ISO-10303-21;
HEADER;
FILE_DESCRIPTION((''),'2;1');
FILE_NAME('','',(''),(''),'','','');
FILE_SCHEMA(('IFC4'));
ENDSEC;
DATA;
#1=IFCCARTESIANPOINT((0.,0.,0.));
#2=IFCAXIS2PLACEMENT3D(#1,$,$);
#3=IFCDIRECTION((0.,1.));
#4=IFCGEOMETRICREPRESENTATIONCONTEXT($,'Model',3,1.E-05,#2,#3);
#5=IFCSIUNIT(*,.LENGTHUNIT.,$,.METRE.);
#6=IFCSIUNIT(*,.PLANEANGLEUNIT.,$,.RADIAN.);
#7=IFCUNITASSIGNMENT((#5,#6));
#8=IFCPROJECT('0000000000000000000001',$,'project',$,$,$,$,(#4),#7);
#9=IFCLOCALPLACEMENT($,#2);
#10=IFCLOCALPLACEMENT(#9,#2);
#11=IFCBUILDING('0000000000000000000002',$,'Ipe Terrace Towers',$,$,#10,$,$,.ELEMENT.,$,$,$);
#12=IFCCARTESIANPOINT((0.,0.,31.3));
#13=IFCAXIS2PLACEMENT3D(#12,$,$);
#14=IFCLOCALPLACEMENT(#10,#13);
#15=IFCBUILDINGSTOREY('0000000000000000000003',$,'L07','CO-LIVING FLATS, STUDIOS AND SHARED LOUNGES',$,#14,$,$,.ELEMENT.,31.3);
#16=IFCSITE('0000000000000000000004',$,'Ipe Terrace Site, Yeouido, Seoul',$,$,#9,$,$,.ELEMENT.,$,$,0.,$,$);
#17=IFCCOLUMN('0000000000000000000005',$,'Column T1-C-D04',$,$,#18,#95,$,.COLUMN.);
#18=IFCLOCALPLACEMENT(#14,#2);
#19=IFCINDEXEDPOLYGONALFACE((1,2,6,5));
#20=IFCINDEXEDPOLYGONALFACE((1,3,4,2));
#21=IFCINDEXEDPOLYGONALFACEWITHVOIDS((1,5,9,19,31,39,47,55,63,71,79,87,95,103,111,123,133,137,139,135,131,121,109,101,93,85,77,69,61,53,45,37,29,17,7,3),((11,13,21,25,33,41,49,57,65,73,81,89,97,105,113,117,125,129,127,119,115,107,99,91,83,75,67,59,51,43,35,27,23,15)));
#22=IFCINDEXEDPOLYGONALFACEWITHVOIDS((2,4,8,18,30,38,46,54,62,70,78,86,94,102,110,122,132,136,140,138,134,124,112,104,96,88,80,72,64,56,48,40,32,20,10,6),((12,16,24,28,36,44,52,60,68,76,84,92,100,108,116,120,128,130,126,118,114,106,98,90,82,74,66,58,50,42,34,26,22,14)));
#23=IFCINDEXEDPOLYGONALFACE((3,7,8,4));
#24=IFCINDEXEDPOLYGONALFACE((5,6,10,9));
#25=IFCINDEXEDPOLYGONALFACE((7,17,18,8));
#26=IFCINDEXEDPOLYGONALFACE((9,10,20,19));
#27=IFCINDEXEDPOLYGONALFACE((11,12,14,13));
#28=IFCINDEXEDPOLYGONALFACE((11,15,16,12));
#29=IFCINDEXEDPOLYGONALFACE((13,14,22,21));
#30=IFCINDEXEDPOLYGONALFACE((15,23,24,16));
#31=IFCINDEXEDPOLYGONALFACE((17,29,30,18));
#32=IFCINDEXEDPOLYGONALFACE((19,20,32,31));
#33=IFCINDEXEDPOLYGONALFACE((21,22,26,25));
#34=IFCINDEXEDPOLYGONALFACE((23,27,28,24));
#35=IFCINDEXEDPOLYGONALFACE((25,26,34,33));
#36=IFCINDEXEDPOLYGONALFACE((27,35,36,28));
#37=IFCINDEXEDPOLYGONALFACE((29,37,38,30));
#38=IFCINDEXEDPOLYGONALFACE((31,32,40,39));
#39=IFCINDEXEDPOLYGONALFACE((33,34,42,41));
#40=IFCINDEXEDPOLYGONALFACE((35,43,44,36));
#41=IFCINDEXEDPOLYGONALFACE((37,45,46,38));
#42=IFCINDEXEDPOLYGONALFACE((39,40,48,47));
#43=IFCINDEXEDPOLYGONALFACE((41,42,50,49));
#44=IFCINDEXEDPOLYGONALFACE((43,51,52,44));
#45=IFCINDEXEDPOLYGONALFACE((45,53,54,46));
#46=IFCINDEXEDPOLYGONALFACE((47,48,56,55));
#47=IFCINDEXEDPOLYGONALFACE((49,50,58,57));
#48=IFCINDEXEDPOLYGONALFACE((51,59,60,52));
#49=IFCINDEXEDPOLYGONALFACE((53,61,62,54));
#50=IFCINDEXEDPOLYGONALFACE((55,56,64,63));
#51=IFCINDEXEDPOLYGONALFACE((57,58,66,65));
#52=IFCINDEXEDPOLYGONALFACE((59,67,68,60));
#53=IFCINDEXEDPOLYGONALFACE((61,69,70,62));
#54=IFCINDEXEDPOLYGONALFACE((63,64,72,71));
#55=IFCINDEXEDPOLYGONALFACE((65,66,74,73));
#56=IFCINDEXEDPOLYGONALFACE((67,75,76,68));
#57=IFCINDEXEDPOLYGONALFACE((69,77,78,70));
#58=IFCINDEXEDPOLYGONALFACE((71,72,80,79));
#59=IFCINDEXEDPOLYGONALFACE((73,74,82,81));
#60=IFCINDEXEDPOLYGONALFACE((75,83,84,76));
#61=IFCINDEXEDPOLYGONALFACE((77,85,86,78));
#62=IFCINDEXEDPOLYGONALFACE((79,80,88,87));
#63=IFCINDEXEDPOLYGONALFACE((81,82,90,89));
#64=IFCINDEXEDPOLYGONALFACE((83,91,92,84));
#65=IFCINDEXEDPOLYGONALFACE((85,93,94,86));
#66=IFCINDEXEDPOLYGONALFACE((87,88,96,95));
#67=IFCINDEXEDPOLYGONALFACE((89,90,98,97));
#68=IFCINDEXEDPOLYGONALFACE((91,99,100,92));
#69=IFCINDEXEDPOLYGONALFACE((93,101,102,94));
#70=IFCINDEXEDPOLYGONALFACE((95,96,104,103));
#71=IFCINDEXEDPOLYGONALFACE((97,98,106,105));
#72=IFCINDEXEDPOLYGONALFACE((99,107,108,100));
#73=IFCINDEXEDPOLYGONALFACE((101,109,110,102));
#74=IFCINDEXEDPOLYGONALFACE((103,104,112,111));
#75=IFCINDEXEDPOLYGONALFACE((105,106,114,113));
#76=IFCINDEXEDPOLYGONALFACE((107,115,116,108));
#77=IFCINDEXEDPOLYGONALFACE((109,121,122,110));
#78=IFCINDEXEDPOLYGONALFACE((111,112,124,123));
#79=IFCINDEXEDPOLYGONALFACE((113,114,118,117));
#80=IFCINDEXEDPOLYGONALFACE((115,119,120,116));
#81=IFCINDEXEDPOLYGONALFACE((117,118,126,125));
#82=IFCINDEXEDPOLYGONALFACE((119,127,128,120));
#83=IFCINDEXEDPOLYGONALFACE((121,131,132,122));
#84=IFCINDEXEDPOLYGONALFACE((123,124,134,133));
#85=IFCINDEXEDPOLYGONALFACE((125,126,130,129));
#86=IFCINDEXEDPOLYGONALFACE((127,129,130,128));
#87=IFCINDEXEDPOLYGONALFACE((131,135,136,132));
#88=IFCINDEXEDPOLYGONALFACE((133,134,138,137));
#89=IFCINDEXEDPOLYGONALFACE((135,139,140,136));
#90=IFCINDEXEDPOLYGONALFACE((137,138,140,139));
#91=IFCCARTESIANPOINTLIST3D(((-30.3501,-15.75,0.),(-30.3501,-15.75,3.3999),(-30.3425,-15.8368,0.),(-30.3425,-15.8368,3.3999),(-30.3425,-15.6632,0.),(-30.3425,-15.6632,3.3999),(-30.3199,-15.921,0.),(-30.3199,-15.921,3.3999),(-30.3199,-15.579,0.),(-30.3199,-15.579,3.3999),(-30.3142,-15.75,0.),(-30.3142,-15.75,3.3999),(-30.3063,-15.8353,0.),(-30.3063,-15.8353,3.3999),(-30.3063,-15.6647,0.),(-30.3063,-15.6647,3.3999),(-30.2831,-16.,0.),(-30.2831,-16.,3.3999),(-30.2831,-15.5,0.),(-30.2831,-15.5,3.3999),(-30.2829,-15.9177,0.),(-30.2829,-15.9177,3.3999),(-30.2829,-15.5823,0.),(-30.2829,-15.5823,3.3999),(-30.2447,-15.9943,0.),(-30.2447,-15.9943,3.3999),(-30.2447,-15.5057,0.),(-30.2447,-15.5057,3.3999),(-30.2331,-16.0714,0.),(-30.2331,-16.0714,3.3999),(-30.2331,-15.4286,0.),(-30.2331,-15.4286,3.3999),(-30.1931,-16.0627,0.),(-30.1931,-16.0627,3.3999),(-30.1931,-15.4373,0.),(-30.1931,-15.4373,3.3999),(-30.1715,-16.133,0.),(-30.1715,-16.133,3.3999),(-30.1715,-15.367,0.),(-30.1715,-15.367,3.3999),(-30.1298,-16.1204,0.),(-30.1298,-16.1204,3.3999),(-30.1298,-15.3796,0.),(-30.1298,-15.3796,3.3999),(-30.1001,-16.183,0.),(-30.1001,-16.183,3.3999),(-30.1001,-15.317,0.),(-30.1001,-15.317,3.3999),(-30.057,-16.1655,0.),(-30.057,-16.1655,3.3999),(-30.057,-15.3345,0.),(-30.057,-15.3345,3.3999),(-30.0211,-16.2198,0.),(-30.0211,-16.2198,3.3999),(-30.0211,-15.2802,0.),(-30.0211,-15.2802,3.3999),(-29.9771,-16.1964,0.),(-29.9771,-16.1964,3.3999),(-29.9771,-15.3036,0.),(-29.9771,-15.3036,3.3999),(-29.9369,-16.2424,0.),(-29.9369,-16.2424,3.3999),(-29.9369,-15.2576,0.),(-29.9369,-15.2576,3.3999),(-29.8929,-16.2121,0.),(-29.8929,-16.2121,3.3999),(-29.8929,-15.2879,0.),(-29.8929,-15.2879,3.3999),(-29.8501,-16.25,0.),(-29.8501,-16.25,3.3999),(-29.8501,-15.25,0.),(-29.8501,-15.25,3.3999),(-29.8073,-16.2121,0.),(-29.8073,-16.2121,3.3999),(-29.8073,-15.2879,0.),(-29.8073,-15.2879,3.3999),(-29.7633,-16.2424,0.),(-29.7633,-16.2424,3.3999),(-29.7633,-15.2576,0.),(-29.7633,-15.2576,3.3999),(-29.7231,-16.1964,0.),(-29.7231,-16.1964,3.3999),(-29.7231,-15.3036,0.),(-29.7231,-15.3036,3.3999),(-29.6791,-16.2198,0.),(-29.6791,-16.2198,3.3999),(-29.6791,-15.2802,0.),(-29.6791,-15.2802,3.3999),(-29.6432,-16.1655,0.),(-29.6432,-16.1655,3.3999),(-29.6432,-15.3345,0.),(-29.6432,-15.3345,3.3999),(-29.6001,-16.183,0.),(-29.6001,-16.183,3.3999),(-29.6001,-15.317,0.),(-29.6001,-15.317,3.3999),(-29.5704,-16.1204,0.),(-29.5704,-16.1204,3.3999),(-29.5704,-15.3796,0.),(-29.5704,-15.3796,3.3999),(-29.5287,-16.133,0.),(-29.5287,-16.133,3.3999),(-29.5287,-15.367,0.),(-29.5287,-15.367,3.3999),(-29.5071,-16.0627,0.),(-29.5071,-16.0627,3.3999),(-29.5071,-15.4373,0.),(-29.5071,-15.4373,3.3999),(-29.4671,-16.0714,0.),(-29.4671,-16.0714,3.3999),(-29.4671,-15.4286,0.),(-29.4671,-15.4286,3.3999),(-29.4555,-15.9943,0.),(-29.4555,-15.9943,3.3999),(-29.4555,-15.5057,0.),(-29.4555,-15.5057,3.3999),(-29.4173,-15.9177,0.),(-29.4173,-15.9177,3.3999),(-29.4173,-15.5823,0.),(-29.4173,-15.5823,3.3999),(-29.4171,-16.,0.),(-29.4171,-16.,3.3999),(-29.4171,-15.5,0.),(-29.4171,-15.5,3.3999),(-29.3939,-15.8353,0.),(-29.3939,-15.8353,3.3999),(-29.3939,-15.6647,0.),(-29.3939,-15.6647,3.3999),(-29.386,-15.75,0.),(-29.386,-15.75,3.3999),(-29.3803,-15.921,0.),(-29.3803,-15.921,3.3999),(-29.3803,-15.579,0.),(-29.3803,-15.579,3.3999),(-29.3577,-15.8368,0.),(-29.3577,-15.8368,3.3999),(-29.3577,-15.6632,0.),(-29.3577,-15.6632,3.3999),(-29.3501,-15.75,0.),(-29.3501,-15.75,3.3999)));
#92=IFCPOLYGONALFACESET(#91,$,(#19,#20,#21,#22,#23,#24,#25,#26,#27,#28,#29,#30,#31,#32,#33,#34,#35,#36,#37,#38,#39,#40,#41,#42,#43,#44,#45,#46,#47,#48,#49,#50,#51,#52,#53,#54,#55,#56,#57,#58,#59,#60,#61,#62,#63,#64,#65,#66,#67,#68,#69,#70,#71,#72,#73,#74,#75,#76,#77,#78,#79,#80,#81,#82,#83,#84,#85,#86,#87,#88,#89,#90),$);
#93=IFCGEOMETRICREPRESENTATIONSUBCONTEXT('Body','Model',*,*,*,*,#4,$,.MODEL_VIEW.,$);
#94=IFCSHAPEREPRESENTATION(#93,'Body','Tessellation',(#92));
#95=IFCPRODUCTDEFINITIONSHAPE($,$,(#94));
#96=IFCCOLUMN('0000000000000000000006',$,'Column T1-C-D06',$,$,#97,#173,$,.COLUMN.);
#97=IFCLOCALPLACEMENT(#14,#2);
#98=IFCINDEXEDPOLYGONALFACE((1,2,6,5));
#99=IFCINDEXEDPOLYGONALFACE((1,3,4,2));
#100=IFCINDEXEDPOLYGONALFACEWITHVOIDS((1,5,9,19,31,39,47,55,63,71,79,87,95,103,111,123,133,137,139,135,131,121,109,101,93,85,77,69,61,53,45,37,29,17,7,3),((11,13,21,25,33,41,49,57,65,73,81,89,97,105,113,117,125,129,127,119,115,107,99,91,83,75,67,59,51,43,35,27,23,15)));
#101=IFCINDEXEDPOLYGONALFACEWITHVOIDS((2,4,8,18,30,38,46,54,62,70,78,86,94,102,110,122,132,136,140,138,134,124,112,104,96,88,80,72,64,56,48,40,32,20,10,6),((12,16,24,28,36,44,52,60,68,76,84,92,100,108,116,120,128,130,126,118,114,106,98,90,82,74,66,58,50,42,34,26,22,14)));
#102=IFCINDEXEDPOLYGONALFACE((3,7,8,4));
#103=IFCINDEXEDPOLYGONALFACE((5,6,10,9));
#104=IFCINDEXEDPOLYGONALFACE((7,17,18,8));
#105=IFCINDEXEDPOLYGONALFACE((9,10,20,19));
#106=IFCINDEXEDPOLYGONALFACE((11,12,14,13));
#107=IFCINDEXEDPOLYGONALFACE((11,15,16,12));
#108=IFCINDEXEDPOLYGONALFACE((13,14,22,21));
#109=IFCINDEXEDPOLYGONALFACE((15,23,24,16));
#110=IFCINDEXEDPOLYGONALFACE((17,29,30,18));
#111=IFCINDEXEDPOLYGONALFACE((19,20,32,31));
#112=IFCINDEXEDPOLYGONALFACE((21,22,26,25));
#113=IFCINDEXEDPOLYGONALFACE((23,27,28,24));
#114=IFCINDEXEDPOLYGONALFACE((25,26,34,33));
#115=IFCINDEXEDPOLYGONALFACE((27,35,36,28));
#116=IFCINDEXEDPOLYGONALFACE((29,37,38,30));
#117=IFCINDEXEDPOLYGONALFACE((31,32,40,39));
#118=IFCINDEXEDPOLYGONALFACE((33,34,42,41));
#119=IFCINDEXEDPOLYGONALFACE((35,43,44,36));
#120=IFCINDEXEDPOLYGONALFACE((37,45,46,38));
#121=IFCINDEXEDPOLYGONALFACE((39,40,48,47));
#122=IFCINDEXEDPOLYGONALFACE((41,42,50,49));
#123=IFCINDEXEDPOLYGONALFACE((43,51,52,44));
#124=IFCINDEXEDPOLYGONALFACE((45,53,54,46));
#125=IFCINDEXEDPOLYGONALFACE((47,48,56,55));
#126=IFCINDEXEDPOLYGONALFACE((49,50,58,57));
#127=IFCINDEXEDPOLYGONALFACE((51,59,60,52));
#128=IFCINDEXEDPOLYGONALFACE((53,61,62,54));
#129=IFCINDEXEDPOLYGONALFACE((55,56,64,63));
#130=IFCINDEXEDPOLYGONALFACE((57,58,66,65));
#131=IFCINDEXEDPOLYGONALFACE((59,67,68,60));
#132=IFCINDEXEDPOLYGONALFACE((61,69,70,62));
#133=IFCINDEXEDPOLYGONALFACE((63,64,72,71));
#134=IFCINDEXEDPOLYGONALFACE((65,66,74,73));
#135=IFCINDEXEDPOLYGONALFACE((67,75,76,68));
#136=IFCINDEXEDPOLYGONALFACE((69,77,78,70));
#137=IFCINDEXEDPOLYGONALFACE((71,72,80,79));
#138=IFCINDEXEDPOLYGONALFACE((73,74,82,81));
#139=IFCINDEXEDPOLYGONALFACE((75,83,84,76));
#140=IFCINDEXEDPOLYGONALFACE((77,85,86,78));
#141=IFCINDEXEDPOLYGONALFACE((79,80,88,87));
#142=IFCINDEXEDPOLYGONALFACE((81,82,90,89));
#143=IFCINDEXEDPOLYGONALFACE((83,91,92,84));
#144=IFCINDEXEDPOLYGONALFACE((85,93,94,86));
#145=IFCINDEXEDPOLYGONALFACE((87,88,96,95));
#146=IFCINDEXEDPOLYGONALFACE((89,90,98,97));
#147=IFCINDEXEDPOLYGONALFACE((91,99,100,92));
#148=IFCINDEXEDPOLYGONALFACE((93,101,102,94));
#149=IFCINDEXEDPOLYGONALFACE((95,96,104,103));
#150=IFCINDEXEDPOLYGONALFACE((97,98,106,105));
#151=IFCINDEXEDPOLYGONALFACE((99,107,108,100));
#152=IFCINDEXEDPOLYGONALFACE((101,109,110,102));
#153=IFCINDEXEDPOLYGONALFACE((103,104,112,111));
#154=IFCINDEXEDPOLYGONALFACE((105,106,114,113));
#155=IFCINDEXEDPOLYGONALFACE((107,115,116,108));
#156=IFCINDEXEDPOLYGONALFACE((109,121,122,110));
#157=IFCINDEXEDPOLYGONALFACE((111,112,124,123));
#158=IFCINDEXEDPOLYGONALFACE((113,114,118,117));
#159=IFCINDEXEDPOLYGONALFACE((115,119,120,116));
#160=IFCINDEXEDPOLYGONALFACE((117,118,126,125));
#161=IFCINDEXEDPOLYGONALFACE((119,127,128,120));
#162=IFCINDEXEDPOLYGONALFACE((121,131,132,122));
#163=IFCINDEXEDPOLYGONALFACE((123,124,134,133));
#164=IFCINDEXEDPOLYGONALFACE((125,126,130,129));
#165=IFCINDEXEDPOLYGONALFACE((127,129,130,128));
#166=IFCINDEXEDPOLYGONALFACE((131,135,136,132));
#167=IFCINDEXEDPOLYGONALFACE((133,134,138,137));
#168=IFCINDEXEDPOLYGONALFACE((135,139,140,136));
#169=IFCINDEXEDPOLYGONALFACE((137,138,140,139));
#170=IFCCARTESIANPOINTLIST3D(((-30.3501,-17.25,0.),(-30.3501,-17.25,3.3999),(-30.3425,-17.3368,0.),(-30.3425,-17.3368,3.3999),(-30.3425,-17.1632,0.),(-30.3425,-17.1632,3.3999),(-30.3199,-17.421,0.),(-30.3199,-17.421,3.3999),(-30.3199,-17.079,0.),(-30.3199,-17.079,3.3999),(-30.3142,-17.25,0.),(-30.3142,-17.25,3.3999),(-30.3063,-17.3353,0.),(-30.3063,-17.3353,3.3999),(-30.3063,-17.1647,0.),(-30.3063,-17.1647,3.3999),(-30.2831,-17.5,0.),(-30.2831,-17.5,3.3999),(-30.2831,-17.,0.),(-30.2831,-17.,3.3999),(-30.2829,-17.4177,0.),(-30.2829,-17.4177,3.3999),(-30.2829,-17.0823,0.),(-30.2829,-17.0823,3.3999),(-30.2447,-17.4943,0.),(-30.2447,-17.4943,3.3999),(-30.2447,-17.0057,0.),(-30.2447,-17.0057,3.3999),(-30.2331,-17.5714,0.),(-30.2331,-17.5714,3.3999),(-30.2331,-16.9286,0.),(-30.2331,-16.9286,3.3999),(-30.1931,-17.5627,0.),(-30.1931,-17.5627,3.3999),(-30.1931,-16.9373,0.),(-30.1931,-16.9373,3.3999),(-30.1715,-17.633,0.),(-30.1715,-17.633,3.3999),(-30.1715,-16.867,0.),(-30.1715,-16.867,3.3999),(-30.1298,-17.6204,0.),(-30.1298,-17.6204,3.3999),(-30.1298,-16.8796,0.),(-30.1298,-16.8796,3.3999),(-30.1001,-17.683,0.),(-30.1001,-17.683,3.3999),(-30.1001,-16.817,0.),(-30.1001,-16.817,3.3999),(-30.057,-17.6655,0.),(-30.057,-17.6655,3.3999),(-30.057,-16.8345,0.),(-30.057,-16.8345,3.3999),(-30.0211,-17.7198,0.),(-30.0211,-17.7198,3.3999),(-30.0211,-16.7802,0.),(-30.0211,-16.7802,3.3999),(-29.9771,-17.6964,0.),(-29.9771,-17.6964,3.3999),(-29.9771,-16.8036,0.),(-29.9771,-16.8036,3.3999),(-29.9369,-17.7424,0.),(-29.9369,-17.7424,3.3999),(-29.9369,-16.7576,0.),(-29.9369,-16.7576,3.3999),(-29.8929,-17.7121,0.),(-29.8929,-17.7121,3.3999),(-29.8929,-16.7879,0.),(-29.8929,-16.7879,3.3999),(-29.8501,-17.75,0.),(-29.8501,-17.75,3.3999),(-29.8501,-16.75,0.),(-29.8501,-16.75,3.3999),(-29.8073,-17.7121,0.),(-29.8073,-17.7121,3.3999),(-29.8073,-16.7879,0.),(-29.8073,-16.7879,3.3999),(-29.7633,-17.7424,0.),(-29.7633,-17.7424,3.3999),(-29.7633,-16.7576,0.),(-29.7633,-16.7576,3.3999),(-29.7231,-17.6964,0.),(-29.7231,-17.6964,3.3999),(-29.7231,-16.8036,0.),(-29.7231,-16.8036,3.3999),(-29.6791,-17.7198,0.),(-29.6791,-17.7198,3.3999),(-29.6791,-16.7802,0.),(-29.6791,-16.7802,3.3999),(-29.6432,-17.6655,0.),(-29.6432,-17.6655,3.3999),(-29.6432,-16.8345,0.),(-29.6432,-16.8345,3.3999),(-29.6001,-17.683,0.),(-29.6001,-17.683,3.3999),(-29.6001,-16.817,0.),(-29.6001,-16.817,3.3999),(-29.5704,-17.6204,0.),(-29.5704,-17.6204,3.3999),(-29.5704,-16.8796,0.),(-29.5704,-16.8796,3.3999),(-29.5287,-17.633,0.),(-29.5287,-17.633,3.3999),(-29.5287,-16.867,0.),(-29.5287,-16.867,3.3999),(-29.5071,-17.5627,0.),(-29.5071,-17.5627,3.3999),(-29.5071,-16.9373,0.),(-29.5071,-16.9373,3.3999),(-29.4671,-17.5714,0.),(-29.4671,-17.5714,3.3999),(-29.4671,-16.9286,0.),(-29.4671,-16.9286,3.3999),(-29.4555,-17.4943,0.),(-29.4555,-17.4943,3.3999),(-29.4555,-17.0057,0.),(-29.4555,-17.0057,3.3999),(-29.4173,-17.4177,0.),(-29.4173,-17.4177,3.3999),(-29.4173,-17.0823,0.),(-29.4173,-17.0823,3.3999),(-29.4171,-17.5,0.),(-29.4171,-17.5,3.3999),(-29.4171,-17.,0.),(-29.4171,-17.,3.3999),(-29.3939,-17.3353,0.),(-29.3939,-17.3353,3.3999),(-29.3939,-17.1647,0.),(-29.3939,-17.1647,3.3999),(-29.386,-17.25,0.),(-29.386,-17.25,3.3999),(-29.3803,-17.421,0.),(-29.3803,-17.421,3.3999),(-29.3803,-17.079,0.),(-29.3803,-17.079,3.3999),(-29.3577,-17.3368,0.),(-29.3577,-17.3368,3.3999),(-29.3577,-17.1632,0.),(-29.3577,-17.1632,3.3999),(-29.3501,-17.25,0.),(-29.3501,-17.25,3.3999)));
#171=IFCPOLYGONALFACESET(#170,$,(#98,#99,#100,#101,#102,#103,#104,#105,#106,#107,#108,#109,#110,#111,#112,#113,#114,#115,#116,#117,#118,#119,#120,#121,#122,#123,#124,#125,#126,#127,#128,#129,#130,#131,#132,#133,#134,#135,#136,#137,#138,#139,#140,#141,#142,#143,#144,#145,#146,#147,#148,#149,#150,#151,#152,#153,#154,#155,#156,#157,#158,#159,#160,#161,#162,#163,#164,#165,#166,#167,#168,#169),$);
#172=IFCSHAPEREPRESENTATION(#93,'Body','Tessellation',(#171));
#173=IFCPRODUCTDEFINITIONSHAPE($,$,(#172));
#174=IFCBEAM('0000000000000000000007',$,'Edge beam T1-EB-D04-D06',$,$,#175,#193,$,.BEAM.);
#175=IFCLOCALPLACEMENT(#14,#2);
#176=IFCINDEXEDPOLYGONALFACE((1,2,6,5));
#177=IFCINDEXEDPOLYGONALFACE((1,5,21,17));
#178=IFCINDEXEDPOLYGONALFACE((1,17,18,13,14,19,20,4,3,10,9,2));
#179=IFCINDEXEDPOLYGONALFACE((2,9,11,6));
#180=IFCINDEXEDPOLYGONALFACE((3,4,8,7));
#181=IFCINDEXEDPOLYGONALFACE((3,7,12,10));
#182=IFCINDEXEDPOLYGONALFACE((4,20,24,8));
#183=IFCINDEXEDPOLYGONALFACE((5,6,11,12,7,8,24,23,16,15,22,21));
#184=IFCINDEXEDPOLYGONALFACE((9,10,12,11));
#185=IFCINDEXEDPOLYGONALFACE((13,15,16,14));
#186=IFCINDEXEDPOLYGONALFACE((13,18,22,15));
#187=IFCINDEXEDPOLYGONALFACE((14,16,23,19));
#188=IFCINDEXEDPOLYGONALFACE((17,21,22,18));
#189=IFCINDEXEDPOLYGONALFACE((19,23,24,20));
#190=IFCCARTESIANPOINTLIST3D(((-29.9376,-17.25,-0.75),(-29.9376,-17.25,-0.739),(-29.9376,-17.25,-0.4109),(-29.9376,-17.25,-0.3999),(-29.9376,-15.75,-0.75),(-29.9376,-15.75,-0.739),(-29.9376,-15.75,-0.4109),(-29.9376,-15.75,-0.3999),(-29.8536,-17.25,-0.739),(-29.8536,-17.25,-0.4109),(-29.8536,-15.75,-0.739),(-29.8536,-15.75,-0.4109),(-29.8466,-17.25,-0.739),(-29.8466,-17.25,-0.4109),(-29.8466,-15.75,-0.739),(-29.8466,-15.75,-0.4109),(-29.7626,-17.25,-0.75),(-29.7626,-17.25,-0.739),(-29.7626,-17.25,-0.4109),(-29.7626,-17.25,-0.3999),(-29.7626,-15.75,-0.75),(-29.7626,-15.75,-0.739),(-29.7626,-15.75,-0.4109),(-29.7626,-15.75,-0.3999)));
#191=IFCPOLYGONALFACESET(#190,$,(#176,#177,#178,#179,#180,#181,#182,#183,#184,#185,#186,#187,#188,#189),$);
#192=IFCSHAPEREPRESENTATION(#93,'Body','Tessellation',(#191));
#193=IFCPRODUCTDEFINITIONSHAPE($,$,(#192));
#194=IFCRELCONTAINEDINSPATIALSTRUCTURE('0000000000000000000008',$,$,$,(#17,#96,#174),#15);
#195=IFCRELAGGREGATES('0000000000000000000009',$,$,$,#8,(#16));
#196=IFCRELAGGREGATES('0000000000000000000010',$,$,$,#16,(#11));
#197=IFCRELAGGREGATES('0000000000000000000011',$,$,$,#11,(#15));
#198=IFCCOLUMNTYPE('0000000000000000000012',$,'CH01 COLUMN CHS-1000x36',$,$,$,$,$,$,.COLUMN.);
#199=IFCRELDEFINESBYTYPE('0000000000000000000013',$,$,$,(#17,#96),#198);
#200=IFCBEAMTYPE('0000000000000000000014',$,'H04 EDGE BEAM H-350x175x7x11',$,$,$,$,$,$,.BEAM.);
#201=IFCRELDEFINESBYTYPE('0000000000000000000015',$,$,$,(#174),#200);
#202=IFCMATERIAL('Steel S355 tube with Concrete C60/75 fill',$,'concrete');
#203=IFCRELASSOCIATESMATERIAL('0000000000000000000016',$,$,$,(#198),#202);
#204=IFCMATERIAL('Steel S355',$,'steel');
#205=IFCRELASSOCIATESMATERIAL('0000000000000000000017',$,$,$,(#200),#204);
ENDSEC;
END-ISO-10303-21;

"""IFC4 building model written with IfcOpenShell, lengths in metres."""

from ifc_helpers import new_model, si_unit, direction, frame, origin, origin_2d, place, context, subcontext, project, spatial, hollow_circle, i_section, extrude, material, material_profile, profile_set, type_object, element, save


model = new_model("IFC4")

# Units and contexts
model_context = context("Model", 3, precision=1e-05, world=origin(), true_north=direction((0.0, 1.0)))
body_context = subcontext(model_context, "Body", "Model", "MODEL_VIEW")
ifc_project = project(units=[si_unit("LENGTHUNIT", "METRE"), si_unit("PLANEANGLEUNIT", "RADIAN")], contexts=[model_context])

# Site, building, storey
site_placement = place(None, origin())
site = spatial("IfcSite", under=ifc_project, at=site_placement, Name="Ipe Terrace Site, Yeouido, Seoul", CompositionType="ELEMENT", RefElevation=0.0)
building_placement = place(site_placement, origin())
building = spatial("IfcBuilding", under=site, at=building_placement, Name="Ipe Terrace Towers", CompositionType="ELEMENT")
storey_placement = place(building_placement, frame((0.0, 0.0, 31.3)))
storey = spatial("IfcBuildingStorey", under=building, at=storey_placement, Name="L07", Description="CO-LIVING FLATS, STUDIOS AND SHARED LOUNGES", CompositionType="ELEMENT", Elevation=31.3)

# Columns
ifc_material_1 = material(Name="Steel S355 tube with Concrete C60/75 fill", Category="concrete")
ifc_material_profile_1 = material_profile(ifc_material_1, hollow_circle(Radius=0.5, WallThickness=0.0359, at=origin_2d()), Name="CHS-1000x36")
ifc_profile_set_1 = profile_set([ifc_material_profile_1], Name="Steel S355 tube with Concrete C60/75 fill")
column_type = type_object("IfcColumnType", Name="CH01 COLUMN CHS-1000x36", PredefinedType="COLUMN", material=ifc_profile_set_1)
for number, where, z_axis, x_axis, name in (
    (1, (-29.8501, -15.75, 0.0), (0.0, 0.0, 1.0), (1.0, 0.0, 0.0), "Column T1-C-D04"),
    (2, (-29.8501, -17.25, 0.0), (0.0, 0.0, 1.0), (1.0, 0.0, 0.0), "Column T1-C-D06"),
):
    element("IfcColumn", number, at=place(storey_placement, frame(where, z_axis=z_axis, x_axis=x_axis)), inside=storey, type_object=column_type, Name=name, PredefinedType="COLUMN", context=body_context, shape_type="SweptSolid", body=[
        extrude(hollow_circle(Radius=0.5, WallThickness=0.0359, at=origin_2d()), origin(), (0.0, 0.0, 1.0), 3.3999),
    ])

# Beam
ifc_material_2 = material(Name="Steel S355", Category="steel")
ifc_material_profile_2 = material_profile(ifc_material_2, i_section(OverallWidth=0.175, OverallDepth=0.3501, WebThickness=0.0071, FlangeThickness=0.011, at=origin_2d()), Name="H-350x175x7x11")
ifc_profile_set_2 = profile_set([ifc_material_profile_2], Name="Steel S355")
beam_type = type_object("IfcBeamType", Name="H04 EDGE BEAM H-350x175x7x11", PredefinedType="BEAM", material=ifc_profile_set_2)
beam_placement = place(storey_placement, frame((-29.8501, -15.75, -0.575), z_axis=(0.0, -1.0, 0.0), x_axis=(1.0, 0.0, 0.0)))
element("IfcBeam", 3, at=beam_placement, inside=storey, type_object=beam_type, Name="Edge beam T1-EB-D04-D06", PredefinedType="BEAM", context=body_context, shape_type="SweptSolid", body=[
    extrude(i_section(OverallWidth=0.175, OverallDepth=0.3501, WebThickness=0.0071, FlangeThickness=0.011, at=origin_2d()), origin(), (0.0, 0.0, 1.0), 1.5),
])

save(model, "model.ifc")
